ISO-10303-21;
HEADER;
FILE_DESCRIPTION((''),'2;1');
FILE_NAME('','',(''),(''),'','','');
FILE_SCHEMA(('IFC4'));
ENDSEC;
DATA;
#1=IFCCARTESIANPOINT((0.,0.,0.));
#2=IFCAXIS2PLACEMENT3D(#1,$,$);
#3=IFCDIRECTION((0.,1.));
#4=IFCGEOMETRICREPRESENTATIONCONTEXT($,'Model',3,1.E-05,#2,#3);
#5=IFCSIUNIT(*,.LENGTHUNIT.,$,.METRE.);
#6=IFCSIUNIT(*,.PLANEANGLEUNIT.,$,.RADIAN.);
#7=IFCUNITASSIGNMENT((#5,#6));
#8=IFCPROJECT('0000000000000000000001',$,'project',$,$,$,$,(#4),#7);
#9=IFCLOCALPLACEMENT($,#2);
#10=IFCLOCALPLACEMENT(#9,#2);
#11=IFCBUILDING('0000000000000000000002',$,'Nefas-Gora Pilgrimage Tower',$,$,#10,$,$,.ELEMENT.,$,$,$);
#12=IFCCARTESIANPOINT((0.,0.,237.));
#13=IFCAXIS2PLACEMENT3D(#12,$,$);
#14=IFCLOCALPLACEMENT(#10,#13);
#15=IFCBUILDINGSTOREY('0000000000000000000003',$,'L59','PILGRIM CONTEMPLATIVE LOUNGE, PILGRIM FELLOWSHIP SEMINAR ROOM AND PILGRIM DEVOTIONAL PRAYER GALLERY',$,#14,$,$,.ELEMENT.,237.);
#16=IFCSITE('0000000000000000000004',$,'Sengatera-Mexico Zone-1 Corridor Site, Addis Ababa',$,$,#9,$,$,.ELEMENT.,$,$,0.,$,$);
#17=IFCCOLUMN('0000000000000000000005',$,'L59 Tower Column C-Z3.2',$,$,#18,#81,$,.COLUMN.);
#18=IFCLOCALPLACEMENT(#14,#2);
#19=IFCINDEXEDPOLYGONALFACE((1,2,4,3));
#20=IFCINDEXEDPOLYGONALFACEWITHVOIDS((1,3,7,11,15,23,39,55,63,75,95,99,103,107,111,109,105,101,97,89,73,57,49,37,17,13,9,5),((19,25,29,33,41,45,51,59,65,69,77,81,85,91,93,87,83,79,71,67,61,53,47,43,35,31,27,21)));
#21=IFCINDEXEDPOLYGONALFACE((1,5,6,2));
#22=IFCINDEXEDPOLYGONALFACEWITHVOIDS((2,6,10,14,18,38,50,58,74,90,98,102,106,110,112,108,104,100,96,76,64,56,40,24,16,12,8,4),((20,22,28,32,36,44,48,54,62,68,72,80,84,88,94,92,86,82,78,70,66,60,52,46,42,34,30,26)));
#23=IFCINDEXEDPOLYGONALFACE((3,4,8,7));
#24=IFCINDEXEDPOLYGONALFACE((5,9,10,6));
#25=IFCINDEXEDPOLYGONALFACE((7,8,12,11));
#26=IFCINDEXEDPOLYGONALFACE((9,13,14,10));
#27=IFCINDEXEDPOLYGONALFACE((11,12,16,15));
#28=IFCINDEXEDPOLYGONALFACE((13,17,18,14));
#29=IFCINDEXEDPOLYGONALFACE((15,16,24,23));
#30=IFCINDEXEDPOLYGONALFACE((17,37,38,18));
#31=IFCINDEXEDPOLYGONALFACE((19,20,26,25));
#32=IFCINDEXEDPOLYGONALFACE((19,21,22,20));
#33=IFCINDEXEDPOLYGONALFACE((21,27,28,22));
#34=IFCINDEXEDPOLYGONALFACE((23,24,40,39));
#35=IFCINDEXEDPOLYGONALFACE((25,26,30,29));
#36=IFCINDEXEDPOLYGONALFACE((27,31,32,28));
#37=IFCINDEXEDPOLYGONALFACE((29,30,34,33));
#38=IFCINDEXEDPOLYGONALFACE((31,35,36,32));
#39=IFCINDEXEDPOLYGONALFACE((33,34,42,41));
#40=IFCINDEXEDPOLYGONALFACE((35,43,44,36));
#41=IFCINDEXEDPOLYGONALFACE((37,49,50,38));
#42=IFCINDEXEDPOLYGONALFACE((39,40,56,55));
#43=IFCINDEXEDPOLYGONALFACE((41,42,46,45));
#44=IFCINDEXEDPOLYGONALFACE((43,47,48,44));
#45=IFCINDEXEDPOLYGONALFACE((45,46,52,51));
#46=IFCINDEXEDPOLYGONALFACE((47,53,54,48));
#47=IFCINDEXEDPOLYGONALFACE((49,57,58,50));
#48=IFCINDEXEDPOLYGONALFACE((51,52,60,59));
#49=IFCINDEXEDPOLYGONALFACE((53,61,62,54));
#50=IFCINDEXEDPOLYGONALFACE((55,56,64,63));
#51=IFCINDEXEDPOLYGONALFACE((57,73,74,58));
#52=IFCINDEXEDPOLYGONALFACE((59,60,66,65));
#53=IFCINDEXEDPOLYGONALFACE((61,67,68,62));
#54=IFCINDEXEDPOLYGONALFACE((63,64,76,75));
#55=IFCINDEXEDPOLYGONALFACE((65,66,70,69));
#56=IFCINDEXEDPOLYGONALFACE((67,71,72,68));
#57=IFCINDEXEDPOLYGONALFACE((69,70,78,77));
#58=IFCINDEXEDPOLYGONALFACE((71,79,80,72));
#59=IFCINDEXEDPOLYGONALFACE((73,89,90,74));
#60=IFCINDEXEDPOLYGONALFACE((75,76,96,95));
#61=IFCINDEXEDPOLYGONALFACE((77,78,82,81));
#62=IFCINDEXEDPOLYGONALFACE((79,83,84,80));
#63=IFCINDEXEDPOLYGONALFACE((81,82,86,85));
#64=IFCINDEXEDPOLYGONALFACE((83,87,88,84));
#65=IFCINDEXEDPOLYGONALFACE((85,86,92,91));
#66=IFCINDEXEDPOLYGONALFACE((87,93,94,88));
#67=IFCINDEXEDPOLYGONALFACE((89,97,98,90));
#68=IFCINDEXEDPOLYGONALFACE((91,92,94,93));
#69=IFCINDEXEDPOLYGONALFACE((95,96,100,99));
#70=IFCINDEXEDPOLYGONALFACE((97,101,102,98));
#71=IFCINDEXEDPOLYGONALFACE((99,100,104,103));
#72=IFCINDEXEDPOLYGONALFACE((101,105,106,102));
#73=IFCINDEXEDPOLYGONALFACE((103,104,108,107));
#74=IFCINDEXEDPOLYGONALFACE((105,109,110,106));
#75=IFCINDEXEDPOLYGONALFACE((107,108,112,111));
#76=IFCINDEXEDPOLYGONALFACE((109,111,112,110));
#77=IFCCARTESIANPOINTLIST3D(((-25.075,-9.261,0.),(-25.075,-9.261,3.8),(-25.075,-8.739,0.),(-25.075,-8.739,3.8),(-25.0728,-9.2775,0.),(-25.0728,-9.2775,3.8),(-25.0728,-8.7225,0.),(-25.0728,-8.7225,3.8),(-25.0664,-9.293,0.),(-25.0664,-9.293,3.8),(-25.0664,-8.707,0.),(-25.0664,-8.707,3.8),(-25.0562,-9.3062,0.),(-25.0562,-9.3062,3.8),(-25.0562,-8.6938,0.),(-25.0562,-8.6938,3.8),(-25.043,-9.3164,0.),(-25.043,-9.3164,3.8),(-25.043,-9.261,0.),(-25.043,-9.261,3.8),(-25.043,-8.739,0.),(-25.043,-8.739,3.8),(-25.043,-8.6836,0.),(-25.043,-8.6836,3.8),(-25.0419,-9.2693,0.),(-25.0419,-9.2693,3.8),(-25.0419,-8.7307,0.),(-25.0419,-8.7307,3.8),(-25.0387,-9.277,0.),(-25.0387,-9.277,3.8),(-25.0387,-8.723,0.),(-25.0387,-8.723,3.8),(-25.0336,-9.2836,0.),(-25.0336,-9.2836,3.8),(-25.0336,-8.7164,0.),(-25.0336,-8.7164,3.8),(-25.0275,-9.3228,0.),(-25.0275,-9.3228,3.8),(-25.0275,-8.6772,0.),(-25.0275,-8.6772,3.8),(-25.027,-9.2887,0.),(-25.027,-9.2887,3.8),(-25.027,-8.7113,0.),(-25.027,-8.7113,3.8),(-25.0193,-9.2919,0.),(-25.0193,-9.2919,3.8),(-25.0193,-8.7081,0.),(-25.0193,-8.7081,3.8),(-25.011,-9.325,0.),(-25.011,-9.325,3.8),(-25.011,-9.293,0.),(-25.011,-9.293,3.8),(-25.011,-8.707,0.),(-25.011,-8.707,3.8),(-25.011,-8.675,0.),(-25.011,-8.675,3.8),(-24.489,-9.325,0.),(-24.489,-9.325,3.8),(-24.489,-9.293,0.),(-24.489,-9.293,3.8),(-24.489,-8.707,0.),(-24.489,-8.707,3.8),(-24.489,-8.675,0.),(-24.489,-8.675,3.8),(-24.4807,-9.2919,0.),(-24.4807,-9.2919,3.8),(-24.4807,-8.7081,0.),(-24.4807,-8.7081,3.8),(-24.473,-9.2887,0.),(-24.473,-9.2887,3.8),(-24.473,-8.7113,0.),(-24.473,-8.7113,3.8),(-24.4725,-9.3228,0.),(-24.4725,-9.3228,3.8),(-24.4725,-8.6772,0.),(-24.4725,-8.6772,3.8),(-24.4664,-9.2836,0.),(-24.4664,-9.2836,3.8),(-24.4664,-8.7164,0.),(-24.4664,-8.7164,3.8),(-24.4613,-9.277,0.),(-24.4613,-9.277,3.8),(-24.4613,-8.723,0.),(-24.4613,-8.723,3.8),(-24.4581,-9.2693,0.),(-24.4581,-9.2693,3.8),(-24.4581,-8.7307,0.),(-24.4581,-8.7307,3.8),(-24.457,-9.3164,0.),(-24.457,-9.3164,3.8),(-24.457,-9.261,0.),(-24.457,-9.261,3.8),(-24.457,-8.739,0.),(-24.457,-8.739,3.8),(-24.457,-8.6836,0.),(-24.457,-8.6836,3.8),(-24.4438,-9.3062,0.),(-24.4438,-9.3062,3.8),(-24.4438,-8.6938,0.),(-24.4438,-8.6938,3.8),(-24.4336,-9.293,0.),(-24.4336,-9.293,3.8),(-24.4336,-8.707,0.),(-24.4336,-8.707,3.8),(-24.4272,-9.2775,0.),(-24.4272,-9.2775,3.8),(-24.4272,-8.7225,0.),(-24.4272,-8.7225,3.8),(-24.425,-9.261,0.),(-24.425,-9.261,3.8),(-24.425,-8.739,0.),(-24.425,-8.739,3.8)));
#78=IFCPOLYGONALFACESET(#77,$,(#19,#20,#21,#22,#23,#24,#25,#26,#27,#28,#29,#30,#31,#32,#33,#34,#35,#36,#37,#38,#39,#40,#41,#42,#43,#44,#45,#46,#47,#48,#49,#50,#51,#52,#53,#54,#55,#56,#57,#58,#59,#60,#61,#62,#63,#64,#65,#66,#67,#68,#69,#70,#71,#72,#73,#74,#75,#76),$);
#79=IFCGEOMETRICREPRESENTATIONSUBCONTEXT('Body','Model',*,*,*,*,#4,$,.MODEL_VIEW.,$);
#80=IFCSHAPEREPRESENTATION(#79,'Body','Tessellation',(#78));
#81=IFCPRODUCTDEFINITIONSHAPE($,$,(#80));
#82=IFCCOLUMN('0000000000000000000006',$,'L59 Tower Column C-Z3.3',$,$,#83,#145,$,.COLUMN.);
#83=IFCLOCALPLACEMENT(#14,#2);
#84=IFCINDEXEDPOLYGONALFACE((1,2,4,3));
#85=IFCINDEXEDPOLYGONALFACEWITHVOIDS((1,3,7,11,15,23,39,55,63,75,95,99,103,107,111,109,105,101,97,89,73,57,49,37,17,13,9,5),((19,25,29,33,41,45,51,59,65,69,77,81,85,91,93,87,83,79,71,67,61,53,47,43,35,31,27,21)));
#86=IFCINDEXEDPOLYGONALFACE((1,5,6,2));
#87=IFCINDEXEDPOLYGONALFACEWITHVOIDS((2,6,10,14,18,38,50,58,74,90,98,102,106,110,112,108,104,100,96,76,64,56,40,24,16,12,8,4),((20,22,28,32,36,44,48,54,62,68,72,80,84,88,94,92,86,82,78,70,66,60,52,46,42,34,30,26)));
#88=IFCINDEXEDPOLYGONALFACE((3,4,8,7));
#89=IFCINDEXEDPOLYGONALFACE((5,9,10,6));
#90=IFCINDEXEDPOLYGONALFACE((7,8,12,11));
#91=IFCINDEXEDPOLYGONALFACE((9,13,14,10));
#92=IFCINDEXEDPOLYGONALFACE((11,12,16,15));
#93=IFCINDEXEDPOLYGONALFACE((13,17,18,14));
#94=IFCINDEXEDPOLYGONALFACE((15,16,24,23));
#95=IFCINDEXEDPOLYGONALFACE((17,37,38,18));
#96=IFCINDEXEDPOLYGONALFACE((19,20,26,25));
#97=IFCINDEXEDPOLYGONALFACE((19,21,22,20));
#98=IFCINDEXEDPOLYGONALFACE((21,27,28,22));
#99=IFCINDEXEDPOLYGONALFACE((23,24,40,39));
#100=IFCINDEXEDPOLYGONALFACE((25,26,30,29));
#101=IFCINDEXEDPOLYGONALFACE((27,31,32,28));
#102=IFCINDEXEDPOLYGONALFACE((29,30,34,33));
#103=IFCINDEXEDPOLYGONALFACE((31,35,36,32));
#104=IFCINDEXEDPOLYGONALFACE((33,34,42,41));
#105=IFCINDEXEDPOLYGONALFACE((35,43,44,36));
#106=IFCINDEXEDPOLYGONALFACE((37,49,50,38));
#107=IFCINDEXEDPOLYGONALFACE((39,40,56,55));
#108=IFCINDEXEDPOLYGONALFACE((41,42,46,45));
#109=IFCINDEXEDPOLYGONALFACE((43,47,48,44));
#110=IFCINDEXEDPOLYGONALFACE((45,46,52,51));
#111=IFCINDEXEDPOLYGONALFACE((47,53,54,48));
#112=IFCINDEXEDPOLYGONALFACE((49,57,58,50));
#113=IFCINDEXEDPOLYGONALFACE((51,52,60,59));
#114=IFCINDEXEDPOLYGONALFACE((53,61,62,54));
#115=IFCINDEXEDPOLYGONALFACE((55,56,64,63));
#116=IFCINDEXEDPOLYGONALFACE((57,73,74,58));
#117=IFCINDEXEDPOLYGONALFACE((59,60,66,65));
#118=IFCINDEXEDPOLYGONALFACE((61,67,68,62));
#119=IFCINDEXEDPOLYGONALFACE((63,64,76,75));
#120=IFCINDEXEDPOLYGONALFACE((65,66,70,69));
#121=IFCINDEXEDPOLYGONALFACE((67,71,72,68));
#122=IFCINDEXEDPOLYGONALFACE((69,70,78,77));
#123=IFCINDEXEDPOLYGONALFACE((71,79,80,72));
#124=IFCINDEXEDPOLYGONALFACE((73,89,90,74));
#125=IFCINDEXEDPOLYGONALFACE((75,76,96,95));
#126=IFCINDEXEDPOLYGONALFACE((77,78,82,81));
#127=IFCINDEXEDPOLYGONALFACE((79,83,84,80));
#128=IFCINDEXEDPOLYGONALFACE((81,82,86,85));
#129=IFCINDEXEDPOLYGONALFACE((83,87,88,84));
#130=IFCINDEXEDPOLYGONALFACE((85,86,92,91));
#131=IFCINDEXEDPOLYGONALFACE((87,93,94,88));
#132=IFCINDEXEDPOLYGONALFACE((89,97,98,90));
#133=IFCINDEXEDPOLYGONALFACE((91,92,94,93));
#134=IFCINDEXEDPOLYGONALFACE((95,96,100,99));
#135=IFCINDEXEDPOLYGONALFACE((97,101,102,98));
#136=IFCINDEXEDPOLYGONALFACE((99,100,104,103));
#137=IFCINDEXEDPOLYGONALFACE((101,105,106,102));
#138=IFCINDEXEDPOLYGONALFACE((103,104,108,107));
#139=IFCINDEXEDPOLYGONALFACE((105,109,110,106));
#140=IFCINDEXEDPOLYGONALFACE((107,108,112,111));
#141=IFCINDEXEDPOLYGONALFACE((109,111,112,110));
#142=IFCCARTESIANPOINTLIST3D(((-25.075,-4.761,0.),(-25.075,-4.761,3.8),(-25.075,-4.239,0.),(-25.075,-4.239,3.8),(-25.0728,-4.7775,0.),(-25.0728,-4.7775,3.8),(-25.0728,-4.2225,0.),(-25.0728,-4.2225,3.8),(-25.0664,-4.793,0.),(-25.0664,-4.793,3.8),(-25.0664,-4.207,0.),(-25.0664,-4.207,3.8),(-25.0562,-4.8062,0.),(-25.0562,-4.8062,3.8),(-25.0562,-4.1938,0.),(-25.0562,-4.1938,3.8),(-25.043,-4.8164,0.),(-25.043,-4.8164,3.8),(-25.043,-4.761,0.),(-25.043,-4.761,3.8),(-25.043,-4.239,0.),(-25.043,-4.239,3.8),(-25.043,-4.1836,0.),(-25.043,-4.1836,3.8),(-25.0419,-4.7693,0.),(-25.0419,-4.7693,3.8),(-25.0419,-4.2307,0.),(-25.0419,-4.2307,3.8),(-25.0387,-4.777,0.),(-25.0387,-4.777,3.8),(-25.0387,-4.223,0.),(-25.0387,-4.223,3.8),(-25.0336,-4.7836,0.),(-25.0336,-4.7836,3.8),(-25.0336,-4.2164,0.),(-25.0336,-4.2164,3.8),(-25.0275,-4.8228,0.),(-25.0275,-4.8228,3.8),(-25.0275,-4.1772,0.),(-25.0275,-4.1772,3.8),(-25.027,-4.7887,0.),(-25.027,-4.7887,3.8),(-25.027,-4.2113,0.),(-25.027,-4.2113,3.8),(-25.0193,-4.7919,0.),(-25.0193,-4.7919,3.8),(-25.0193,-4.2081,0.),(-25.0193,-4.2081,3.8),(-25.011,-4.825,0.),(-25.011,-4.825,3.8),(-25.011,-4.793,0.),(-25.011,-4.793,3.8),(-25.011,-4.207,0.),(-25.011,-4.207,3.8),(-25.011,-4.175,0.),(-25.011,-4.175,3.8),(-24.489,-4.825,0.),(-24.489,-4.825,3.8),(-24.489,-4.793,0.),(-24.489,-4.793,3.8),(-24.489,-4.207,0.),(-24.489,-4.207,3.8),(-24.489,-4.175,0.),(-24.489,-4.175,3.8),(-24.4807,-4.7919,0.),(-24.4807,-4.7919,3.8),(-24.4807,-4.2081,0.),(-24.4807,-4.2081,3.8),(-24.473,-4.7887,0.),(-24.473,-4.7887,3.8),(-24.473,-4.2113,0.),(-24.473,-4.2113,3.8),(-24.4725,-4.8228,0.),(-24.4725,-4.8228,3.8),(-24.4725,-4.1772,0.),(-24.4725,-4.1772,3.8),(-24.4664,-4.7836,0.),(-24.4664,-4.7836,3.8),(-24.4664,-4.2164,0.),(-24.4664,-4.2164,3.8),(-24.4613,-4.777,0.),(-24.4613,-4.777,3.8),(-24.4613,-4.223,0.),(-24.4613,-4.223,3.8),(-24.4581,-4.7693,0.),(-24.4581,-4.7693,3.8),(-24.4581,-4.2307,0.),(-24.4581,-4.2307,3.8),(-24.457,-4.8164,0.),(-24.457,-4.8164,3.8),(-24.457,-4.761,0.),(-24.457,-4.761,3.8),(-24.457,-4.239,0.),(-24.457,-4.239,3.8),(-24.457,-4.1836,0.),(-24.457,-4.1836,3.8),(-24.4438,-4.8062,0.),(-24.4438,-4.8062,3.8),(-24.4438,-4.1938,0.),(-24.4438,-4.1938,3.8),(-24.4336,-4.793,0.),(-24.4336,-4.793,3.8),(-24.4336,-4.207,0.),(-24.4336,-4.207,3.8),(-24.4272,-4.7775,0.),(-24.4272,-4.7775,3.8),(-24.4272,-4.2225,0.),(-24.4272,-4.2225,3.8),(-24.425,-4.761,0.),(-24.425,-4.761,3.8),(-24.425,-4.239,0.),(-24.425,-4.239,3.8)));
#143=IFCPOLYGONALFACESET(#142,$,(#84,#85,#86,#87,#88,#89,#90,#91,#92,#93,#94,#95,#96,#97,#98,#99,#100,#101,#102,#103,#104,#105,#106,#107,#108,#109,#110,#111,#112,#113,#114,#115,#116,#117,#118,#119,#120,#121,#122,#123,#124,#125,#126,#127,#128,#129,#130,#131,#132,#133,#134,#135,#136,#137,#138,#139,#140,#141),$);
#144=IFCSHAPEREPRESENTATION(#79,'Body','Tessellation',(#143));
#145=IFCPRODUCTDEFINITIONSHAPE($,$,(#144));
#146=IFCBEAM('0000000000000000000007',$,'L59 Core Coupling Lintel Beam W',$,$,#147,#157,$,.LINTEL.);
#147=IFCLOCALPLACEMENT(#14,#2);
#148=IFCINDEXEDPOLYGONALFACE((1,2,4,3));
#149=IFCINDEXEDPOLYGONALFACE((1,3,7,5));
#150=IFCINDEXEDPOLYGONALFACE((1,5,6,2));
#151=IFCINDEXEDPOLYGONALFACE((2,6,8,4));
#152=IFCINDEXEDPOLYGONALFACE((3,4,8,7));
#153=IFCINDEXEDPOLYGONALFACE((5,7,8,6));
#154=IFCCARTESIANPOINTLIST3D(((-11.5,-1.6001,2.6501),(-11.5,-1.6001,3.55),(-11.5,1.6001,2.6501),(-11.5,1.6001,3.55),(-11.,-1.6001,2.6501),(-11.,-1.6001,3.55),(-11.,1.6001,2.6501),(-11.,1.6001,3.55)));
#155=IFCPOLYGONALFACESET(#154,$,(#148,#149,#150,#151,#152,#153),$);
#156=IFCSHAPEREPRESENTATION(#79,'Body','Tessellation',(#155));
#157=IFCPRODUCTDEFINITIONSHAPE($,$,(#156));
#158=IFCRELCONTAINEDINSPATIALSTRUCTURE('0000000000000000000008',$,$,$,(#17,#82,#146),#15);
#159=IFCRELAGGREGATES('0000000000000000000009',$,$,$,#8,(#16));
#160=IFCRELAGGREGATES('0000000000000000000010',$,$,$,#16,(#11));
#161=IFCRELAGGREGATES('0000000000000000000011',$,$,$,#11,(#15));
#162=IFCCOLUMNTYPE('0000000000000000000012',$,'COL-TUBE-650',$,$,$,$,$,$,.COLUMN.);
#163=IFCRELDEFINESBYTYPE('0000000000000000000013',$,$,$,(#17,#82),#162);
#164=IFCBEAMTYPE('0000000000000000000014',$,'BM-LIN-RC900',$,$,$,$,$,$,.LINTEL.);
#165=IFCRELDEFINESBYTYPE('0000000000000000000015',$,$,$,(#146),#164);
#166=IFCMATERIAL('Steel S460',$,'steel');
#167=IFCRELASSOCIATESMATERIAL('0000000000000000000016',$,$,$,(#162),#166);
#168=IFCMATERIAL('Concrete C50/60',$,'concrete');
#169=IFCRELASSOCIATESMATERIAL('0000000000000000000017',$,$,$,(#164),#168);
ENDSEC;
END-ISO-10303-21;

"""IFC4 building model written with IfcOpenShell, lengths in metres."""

from ifc_helpers import new_model, si_unit, direction, frame, origin, origin_2d, place, context, subcontext, project, spatial, rectangle, hollow_rectangle, extrude, source, transform, mapped, material, material_profile, profile_set, type_object, element, save


model = new_model("IFC4")

# Units and contexts
model_context = context("Model", 3, precision=1e-05, world=origin(), true_north=direction((0.0, 1.0)))
body_context = subcontext(model_context, "Body", "Model", "MODEL_VIEW")
ifc_project = project(units=[si_unit("LENGTHUNIT", "METRE"), si_unit("PLANEANGLEUNIT", "RADIAN")], contexts=[model_context])

# Site, building, storey
site_placement = place(None, origin())
site = spatial("IfcSite", under=ifc_project, at=site_placement, Name="Sengatera-Mexico Zone-1 Corridor Site, Addis Ababa", CompositionType="ELEMENT", RefElevation=0.0)
building_placement = place(site_placement, origin())
building = spatial("IfcBuilding", under=site, at=building_placement, Name="Nefas-Gora Pilgrimage Tower", CompositionType="ELEMENT")
storey_placement = place(building_placement, frame((0.0, 0.0, 237.0)))
storey = spatial("IfcBuildingStorey", under=building, at=storey_placement, Name="L59", Description="PILGRIM CONTEMPLATIVE LOUNGE, PILGRIM FELLOWSHIP SEMINAR ROOM AND PILGRIM DEVOTIONAL PRAYER GALLERY", CompositionType="ELEMENT", Elevation=237.0)

# Columns
ifc_material_1 = material(Name="Steel S460", Category="steel")
ifc_material_profile_1 = material_profile(ifc_material_1, hollow_rectangle(XDim=0.6499, YDim=0.6499, WallThickness=0.032, InnerFilletRadius=0.032, OuterFilletRadius=0.064, at=origin_2d()), Name="BOX 650x650x32")
ifc_profile_set_1 = profile_set([ifc_material_profile_1], Name="Steel S460")
column_type_1 = type_object("IfcColumnType", Name="COL-TUBE-650", PredefinedType="COLUMN", material=ifc_profile_set_1)
shared_shape_1 = source(origin(), body_context, "Body", "SweptSolid", [
    extrude(hollow_rectangle(XDim=0.6499, YDim=0.6499, WallThickness=0.032, InnerFilletRadius=0.032, OuterFilletRadius=0.064, at=origin_2d()), origin(), (0.0, 0.0, 1.0), 3.8),
])
for number, where, z_axis, x_axis, name in (
    (1, (-24.75, -9.0, 0.0), (0.0, 0.0, 1.0), (1.0, 0.0, 0.0), "L59 Tower Column C-Z3.2"),
    (2, (-24.75, -4.5, 0.0), (0.0, 0.0, 1.0), (1.0, 0.0, 0.0), "L59 Tower Column C-Z3.3"),
):
    element("IfcColumn", number, at=place(storey_placement, frame(where, z_axis=z_axis, x_axis=x_axis)), inside=storey, type_object=column_type_1, Name=name, PredefinedType="COLUMN", context=body_context, shape_type="MappedRepresentation", body=[
        mapped(shared_shape_1, transform((0.0, 0.0, 0.0), x_axis=(1.0, 0.0, 0.0), y_axis=(0.0, 1.0, 0.0), z_axis=(0.0, 0.0, 1.0), scale=1.0)),
    ])

# Beam
ifc_material_2 = material(Name="Concrete C50/60", Category="concrete")
ifc_material_profile_2 = material_profile(ifc_material_2, rectangle(XDim=0.5, YDim=0.8999, at=origin_2d()), Name="RC 500x900")
ifc_profile_set_2 = profile_set([ifc_material_profile_2], Name="Concrete C50/60")
beam_type_1 = type_object("IfcBeamType", Name="BM-LIN-RC900", PredefinedType="LINTEL", material=ifc_profile_set_2)
shared_shape_2 = source(origin(), body_context, "Body", "SweptSolid", [
    extrude(rectangle(XDim=0.5, YDim=0.8999, at=origin_2d()), origin(), (0.0, 0.0, 1.0), 3.2002),
])
beam_placement = place(storey_placement, frame((-11.25, -1.6001, 3.1001), z_axis=(0.0, 1.0, 0.0), x_axis=(-1.0, 0.0, 0.0)))
element("IfcBeam", 3, at=beam_placement, inside=storey, type_object=beam_type_1, Name="L59 Core Coupling Lintel Beam W", PredefinedType="LINTEL", context=body_context, shape_type="MappedRepresentation", body=[
    mapped(shared_shape_2, transform((0.0, 0.0, 0.0), x_axis=(1.0, 0.0, 0.0), y_axis=(0.0, 1.0, 0.0), z_axis=(0.0, 0.0, 1.0), scale=1.0)),
])

save(model, "model.ifc")
